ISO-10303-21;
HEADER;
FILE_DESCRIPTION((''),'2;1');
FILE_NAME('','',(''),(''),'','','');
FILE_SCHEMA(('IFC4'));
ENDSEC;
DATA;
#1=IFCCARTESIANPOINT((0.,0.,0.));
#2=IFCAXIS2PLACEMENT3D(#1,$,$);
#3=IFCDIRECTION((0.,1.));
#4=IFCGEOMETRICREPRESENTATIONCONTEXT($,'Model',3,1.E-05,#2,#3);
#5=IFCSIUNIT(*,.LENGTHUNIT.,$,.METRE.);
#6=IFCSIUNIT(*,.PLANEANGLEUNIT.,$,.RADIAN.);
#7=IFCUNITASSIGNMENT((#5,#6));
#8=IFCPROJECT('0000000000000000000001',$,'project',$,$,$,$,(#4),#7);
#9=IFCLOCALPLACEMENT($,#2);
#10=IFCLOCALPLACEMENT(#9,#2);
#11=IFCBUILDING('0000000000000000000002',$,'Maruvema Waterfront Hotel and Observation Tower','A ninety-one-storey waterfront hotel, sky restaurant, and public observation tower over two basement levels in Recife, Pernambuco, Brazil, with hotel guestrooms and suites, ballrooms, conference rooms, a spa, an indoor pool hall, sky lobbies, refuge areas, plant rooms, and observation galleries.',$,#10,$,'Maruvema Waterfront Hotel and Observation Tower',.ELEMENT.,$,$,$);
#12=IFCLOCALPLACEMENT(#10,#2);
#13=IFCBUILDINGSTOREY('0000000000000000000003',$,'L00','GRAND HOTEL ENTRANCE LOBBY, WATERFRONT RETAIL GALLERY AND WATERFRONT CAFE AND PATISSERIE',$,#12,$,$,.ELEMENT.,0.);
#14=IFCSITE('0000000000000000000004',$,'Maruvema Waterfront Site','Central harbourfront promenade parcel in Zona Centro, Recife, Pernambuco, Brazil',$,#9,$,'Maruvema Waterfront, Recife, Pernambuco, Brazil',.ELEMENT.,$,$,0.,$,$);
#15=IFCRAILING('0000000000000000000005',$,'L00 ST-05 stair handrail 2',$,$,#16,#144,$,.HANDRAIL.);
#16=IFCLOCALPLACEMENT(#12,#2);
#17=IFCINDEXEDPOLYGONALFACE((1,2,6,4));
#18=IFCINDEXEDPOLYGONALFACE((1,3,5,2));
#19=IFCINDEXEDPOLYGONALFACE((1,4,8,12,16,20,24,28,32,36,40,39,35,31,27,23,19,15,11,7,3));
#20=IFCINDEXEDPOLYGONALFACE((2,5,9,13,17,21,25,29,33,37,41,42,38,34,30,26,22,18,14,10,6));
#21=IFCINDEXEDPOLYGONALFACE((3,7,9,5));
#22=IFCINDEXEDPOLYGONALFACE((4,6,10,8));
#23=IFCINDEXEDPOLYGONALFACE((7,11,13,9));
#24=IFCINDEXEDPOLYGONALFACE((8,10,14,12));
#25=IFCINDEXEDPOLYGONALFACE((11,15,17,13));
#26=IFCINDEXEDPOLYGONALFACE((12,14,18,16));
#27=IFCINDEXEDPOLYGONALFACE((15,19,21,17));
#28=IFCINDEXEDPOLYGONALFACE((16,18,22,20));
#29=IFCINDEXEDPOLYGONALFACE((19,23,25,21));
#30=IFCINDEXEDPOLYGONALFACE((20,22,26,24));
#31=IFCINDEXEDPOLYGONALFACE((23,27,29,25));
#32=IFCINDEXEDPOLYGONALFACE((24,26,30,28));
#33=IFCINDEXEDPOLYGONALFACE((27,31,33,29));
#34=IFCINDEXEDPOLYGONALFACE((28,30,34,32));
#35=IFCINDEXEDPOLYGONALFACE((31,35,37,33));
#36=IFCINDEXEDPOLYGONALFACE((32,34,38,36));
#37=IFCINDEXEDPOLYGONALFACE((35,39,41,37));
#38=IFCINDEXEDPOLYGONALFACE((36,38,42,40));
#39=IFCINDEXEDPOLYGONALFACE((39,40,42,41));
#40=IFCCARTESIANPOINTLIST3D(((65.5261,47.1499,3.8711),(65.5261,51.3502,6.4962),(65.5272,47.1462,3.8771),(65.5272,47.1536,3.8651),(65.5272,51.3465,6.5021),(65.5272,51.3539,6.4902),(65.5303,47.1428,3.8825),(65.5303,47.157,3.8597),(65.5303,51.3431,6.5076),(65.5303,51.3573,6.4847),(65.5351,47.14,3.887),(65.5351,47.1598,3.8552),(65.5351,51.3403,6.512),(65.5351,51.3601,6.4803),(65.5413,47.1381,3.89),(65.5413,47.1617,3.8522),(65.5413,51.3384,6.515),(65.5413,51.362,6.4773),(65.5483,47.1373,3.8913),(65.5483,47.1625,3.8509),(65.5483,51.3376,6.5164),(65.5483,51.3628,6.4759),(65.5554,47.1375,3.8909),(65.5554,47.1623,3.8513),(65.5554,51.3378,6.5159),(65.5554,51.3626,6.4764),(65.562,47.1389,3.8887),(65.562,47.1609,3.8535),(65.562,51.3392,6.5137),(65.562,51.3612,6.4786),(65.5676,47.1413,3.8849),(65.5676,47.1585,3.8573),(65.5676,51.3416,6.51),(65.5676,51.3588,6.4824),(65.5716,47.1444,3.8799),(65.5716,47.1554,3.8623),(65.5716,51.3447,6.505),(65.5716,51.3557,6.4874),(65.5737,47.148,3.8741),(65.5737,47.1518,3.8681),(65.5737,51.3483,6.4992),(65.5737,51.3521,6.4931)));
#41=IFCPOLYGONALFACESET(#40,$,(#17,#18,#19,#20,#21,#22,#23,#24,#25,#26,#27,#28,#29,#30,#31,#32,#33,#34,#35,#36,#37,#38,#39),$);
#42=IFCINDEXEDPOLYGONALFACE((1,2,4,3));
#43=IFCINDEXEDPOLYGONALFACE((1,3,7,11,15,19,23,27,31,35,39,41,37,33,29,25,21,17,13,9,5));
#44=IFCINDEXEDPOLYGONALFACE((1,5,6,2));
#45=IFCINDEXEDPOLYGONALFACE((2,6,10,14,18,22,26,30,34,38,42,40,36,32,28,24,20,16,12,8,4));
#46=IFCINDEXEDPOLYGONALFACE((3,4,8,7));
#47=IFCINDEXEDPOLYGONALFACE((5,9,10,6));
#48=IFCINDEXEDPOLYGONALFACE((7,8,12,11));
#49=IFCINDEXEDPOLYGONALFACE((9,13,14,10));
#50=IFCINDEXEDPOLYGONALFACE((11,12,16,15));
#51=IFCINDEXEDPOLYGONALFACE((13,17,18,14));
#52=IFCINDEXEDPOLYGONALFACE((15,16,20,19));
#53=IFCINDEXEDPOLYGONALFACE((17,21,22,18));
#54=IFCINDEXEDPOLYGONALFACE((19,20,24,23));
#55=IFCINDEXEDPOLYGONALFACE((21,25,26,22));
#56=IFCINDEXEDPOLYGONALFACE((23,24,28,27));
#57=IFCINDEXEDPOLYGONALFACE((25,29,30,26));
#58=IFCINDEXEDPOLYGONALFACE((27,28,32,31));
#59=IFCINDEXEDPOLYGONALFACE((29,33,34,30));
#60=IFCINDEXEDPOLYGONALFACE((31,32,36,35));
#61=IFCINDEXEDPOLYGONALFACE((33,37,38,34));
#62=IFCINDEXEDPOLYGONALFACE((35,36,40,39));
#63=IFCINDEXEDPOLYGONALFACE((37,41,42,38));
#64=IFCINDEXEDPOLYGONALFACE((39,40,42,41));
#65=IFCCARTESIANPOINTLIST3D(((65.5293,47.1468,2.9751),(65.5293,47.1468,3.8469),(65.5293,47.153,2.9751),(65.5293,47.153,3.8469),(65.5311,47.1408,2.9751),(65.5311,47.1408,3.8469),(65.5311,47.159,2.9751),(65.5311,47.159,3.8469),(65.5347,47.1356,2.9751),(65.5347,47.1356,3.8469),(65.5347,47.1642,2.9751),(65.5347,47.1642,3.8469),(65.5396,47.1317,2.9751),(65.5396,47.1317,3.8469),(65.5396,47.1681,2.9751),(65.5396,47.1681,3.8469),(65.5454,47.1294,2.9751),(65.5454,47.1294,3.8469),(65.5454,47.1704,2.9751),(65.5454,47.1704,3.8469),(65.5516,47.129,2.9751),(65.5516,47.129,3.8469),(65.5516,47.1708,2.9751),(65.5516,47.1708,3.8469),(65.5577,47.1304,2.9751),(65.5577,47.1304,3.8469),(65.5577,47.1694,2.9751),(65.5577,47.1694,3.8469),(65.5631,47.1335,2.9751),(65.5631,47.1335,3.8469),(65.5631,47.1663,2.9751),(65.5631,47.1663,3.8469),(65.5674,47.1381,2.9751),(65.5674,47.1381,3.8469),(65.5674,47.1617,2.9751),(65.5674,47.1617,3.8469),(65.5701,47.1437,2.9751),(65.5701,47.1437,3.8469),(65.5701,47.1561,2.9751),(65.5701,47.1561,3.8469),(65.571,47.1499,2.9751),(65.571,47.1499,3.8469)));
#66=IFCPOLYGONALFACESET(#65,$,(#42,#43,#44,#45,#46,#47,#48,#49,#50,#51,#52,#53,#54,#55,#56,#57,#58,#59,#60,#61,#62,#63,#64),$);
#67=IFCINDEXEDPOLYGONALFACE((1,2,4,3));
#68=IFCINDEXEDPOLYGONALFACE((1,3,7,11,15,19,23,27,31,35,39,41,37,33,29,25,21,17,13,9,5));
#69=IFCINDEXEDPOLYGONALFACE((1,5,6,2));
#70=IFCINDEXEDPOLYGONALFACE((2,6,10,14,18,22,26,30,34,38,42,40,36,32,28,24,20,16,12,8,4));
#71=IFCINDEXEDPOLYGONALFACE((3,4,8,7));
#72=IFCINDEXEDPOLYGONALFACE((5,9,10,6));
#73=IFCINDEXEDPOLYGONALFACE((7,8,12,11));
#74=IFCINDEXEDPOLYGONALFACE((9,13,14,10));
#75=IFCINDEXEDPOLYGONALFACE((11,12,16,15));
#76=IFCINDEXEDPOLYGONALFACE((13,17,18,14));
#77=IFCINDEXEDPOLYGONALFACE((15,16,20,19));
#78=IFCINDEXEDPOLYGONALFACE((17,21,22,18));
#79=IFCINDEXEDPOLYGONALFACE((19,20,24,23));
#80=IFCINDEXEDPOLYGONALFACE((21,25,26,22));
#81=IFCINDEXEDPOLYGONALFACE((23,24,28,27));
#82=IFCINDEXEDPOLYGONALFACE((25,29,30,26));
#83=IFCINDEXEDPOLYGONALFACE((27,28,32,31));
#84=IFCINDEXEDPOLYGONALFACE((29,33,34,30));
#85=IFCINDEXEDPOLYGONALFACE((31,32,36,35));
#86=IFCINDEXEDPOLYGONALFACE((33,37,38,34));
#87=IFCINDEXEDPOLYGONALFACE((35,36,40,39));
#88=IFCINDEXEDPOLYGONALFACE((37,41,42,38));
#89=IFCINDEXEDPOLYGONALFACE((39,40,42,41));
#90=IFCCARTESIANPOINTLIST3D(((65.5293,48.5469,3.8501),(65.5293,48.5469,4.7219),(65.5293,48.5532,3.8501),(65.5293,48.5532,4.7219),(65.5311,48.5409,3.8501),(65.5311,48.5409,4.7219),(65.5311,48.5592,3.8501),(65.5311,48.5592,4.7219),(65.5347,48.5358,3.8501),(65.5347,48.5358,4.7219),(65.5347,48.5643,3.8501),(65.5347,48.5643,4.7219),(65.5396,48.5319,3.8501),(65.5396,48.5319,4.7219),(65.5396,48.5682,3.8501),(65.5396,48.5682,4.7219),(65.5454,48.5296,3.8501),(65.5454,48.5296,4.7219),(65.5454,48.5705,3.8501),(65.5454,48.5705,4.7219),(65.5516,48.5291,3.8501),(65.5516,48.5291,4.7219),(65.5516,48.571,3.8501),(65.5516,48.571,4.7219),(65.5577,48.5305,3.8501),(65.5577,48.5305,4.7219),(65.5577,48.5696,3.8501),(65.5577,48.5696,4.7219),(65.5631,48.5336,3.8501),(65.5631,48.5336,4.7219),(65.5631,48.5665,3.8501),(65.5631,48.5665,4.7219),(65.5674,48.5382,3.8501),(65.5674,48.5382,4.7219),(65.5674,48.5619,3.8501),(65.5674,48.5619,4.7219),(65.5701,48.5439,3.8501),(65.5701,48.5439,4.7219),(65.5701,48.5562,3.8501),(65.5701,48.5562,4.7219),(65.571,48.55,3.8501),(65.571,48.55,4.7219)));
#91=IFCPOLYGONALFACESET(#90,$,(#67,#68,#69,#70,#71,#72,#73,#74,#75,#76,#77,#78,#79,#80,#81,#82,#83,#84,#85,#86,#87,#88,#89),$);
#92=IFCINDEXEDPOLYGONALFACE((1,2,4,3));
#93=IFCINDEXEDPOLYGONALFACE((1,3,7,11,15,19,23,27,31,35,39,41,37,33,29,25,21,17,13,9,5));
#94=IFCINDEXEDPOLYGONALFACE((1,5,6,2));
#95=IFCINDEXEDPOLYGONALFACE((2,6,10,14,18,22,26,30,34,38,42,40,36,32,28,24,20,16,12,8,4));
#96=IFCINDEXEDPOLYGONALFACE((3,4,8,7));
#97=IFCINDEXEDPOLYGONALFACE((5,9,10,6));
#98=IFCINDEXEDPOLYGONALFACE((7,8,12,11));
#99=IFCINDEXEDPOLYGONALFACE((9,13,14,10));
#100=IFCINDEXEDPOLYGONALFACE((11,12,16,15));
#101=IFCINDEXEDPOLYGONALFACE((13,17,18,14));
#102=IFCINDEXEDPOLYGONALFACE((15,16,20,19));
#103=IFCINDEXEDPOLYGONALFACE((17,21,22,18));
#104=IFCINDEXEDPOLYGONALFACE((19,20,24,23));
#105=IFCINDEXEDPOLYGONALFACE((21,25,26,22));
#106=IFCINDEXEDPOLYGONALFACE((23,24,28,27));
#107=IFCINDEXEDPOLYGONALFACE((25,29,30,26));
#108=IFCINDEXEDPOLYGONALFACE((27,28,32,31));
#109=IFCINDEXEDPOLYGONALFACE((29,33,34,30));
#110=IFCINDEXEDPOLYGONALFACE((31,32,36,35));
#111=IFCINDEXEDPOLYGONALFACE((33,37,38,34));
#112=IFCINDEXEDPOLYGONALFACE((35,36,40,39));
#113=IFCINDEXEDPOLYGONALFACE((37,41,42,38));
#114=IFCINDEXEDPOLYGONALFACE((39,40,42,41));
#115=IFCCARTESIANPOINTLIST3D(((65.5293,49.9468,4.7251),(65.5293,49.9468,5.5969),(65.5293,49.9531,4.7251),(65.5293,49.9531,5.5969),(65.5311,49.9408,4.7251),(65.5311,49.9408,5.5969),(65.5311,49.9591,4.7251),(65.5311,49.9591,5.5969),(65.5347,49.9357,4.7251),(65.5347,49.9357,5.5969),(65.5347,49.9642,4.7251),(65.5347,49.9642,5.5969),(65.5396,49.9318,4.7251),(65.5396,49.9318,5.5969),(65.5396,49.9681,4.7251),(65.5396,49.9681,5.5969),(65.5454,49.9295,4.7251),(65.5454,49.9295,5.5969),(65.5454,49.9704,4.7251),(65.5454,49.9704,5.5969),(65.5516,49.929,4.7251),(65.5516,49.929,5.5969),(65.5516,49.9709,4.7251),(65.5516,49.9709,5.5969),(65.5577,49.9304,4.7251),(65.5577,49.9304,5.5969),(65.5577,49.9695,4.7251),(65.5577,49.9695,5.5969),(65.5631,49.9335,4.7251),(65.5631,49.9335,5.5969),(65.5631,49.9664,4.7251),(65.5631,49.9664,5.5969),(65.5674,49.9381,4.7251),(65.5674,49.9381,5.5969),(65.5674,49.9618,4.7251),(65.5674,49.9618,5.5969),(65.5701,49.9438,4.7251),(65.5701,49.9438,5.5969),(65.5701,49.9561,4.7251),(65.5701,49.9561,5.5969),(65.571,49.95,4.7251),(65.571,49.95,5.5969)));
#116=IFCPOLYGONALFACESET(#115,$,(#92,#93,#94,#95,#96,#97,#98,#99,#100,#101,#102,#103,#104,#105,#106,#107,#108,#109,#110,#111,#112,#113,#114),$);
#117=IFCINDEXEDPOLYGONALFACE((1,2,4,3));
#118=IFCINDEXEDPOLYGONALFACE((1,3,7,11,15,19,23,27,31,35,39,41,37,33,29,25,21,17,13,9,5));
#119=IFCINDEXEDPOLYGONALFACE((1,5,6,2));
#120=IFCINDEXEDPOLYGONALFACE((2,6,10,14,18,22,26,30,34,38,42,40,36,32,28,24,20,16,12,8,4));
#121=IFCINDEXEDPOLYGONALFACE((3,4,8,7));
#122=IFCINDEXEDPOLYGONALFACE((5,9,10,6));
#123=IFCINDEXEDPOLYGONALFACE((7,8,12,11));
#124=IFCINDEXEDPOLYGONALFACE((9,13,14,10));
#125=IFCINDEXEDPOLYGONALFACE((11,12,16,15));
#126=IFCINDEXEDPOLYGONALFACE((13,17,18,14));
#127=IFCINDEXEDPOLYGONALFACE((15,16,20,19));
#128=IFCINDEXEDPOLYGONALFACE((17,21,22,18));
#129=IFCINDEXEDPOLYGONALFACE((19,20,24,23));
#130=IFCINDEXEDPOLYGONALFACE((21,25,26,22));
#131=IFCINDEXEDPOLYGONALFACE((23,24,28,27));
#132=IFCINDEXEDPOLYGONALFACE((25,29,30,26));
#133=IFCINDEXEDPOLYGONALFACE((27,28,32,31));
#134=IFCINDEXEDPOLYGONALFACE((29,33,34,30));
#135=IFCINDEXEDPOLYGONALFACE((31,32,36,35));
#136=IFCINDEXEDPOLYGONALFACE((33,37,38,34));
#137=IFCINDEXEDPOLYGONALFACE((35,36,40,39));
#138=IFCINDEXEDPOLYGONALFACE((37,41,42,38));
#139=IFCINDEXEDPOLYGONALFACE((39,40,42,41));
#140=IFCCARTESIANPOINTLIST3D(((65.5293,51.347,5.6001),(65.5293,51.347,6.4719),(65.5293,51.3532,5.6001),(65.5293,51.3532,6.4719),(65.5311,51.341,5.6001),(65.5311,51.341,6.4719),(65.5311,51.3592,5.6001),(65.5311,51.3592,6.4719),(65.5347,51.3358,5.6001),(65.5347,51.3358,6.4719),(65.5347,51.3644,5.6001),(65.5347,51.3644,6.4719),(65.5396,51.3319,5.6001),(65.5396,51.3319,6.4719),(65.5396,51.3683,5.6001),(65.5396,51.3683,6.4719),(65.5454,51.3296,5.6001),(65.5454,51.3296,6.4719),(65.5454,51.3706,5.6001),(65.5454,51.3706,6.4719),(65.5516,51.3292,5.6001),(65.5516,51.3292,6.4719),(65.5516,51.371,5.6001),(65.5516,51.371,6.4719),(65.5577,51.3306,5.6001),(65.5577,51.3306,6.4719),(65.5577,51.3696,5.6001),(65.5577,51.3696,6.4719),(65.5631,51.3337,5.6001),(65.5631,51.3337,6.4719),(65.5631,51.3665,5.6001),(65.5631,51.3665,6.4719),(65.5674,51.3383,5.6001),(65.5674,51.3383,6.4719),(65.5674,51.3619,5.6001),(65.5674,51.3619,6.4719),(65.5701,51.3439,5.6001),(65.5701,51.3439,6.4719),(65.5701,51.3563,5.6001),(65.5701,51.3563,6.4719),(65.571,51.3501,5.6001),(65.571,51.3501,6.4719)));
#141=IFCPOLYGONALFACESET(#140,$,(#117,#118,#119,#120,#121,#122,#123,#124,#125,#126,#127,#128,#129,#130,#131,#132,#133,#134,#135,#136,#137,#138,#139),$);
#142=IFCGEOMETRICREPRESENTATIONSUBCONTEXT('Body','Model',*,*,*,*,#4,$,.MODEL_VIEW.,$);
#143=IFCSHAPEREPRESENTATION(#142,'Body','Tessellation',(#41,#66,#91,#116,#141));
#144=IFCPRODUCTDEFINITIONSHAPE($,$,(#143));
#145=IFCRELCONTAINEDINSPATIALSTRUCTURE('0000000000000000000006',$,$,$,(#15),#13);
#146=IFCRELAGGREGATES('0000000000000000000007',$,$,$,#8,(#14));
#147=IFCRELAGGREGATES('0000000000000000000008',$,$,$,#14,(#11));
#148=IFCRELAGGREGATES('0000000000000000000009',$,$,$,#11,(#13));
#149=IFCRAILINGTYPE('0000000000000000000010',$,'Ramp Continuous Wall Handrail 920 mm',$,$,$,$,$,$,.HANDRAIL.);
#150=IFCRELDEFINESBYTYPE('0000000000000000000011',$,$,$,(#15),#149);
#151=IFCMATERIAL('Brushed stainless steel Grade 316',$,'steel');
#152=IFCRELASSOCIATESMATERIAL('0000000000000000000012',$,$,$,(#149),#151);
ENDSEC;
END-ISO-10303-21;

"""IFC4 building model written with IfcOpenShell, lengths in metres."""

from ifc_helpers import new_model, si_unit, direction, frame, origin, origin_2d, place, context, subcontext, project, spatial, circle, extrude, material, type_object, element, save


model = new_model("IFC4")

# Units and contexts
model_context = context("Model", 3, precision=1e-05, world=origin(), true_north=direction((0.0, 1.0)))
body_context = subcontext(model_context, "Body", "Model", "MODEL_VIEW")
ifc_project = project(units=[si_unit("LENGTHUNIT", "METRE"), si_unit("PLANEANGLEUNIT", "RADIAN")], contexts=[model_context])

# Site, building, storey
site_placement = place(None, origin())
site = spatial("IfcSite", under=ifc_project, at=site_placement, Name="Maruvema Waterfront Site", Description="Central harbourfront promenade parcel in Zona Centro, Recife, Pernambuco, Brazil", LongName="Maruvema Waterfront, Recife, Pernambuco, Brazil", CompositionType="ELEMENT", RefElevation=0.0)
building_placement = place(site_placement, origin())
building = spatial("IfcBuilding", under=site, at=building_placement, Name="Maruvema Waterfront Hotel and Observation Tower", Description="A ninety-one-storey waterfront hotel, sky restaurant, and public observation tower over two basement levels in Recife, Pernambuco, Brazil, with hotel guestrooms and suites, ballrooms, conference rooms, a spa, an indoor pool hall, sky lobbies, refuge areas, plant rooms, and observation galleries.", LongName="Maruvema Waterfront Hotel and Observation Tower", CompositionType="ELEMENT")
storey_placement = place(building_placement, origin())
storey = spatial("IfcBuildingStorey", under=building, at=storey_placement, Name="L00", Description="GRAND HOTEL ENTRANCE LOBBY, WATERFRONT RETAIL GALLERY AND WATERFRONT CAFE AND PATISSERIE", CompositionType="ELEMENT", Elevation=0.0)

# Railing
ifc_material_1 = material(Name="Brushed stainless steel Grade 316", Category="steel")
railing_type_1 = type_object("IfcRailingType", Name="Ramp Continuous Wall Handrail 920 mm", PredefinedType="HANDRAIL", material=ifc_material_1)
railing_1_placement = place(storey_placement, frame((65.55, 47.1499, 2.9751)))
element("IfcRailing", 1, at=railing_1_placement, inside=storey, type_object=railing_type_1, Name="L00 ST-05 stair handrail 2", PredefinedType="HANDRAIL", context=body_context, shape_type="SweptSolid", body=[
    extrude(circle(Radius=0.0239, at=origin_2d()), frame((0.0, 0.0, 0.896), z_axis=(0.0, 0.848009, 0.529981), x_axis=(-1.0, 0.0, 0.0)), (0.0, 0.0, 1.0), 4.9531),
    extrude(circle(Radius=0.021, at=origin_2d()), origin(), (0.0, 0.0, 1.0), 0.8718),
    extrude(circle(Radius=0.021, at=origin_2d()), frame((0.0, 1.4001, 0.875)), (0.0, 0.0, 1.0), 0.8718),
    extrude(circle(Radius=0.021, at=origin_2d()), frame((0.0, 2.8, 1.75)), (0.0, 0.0, 1.0), 0.8718),
    extrude(circle(Radius=0.021, at=origin_2d()), frame((0.0, 4.2002, 2.625)), (0.0, 0.0, 1.0), 0.8718),
])

save(model, "model.ifc")
